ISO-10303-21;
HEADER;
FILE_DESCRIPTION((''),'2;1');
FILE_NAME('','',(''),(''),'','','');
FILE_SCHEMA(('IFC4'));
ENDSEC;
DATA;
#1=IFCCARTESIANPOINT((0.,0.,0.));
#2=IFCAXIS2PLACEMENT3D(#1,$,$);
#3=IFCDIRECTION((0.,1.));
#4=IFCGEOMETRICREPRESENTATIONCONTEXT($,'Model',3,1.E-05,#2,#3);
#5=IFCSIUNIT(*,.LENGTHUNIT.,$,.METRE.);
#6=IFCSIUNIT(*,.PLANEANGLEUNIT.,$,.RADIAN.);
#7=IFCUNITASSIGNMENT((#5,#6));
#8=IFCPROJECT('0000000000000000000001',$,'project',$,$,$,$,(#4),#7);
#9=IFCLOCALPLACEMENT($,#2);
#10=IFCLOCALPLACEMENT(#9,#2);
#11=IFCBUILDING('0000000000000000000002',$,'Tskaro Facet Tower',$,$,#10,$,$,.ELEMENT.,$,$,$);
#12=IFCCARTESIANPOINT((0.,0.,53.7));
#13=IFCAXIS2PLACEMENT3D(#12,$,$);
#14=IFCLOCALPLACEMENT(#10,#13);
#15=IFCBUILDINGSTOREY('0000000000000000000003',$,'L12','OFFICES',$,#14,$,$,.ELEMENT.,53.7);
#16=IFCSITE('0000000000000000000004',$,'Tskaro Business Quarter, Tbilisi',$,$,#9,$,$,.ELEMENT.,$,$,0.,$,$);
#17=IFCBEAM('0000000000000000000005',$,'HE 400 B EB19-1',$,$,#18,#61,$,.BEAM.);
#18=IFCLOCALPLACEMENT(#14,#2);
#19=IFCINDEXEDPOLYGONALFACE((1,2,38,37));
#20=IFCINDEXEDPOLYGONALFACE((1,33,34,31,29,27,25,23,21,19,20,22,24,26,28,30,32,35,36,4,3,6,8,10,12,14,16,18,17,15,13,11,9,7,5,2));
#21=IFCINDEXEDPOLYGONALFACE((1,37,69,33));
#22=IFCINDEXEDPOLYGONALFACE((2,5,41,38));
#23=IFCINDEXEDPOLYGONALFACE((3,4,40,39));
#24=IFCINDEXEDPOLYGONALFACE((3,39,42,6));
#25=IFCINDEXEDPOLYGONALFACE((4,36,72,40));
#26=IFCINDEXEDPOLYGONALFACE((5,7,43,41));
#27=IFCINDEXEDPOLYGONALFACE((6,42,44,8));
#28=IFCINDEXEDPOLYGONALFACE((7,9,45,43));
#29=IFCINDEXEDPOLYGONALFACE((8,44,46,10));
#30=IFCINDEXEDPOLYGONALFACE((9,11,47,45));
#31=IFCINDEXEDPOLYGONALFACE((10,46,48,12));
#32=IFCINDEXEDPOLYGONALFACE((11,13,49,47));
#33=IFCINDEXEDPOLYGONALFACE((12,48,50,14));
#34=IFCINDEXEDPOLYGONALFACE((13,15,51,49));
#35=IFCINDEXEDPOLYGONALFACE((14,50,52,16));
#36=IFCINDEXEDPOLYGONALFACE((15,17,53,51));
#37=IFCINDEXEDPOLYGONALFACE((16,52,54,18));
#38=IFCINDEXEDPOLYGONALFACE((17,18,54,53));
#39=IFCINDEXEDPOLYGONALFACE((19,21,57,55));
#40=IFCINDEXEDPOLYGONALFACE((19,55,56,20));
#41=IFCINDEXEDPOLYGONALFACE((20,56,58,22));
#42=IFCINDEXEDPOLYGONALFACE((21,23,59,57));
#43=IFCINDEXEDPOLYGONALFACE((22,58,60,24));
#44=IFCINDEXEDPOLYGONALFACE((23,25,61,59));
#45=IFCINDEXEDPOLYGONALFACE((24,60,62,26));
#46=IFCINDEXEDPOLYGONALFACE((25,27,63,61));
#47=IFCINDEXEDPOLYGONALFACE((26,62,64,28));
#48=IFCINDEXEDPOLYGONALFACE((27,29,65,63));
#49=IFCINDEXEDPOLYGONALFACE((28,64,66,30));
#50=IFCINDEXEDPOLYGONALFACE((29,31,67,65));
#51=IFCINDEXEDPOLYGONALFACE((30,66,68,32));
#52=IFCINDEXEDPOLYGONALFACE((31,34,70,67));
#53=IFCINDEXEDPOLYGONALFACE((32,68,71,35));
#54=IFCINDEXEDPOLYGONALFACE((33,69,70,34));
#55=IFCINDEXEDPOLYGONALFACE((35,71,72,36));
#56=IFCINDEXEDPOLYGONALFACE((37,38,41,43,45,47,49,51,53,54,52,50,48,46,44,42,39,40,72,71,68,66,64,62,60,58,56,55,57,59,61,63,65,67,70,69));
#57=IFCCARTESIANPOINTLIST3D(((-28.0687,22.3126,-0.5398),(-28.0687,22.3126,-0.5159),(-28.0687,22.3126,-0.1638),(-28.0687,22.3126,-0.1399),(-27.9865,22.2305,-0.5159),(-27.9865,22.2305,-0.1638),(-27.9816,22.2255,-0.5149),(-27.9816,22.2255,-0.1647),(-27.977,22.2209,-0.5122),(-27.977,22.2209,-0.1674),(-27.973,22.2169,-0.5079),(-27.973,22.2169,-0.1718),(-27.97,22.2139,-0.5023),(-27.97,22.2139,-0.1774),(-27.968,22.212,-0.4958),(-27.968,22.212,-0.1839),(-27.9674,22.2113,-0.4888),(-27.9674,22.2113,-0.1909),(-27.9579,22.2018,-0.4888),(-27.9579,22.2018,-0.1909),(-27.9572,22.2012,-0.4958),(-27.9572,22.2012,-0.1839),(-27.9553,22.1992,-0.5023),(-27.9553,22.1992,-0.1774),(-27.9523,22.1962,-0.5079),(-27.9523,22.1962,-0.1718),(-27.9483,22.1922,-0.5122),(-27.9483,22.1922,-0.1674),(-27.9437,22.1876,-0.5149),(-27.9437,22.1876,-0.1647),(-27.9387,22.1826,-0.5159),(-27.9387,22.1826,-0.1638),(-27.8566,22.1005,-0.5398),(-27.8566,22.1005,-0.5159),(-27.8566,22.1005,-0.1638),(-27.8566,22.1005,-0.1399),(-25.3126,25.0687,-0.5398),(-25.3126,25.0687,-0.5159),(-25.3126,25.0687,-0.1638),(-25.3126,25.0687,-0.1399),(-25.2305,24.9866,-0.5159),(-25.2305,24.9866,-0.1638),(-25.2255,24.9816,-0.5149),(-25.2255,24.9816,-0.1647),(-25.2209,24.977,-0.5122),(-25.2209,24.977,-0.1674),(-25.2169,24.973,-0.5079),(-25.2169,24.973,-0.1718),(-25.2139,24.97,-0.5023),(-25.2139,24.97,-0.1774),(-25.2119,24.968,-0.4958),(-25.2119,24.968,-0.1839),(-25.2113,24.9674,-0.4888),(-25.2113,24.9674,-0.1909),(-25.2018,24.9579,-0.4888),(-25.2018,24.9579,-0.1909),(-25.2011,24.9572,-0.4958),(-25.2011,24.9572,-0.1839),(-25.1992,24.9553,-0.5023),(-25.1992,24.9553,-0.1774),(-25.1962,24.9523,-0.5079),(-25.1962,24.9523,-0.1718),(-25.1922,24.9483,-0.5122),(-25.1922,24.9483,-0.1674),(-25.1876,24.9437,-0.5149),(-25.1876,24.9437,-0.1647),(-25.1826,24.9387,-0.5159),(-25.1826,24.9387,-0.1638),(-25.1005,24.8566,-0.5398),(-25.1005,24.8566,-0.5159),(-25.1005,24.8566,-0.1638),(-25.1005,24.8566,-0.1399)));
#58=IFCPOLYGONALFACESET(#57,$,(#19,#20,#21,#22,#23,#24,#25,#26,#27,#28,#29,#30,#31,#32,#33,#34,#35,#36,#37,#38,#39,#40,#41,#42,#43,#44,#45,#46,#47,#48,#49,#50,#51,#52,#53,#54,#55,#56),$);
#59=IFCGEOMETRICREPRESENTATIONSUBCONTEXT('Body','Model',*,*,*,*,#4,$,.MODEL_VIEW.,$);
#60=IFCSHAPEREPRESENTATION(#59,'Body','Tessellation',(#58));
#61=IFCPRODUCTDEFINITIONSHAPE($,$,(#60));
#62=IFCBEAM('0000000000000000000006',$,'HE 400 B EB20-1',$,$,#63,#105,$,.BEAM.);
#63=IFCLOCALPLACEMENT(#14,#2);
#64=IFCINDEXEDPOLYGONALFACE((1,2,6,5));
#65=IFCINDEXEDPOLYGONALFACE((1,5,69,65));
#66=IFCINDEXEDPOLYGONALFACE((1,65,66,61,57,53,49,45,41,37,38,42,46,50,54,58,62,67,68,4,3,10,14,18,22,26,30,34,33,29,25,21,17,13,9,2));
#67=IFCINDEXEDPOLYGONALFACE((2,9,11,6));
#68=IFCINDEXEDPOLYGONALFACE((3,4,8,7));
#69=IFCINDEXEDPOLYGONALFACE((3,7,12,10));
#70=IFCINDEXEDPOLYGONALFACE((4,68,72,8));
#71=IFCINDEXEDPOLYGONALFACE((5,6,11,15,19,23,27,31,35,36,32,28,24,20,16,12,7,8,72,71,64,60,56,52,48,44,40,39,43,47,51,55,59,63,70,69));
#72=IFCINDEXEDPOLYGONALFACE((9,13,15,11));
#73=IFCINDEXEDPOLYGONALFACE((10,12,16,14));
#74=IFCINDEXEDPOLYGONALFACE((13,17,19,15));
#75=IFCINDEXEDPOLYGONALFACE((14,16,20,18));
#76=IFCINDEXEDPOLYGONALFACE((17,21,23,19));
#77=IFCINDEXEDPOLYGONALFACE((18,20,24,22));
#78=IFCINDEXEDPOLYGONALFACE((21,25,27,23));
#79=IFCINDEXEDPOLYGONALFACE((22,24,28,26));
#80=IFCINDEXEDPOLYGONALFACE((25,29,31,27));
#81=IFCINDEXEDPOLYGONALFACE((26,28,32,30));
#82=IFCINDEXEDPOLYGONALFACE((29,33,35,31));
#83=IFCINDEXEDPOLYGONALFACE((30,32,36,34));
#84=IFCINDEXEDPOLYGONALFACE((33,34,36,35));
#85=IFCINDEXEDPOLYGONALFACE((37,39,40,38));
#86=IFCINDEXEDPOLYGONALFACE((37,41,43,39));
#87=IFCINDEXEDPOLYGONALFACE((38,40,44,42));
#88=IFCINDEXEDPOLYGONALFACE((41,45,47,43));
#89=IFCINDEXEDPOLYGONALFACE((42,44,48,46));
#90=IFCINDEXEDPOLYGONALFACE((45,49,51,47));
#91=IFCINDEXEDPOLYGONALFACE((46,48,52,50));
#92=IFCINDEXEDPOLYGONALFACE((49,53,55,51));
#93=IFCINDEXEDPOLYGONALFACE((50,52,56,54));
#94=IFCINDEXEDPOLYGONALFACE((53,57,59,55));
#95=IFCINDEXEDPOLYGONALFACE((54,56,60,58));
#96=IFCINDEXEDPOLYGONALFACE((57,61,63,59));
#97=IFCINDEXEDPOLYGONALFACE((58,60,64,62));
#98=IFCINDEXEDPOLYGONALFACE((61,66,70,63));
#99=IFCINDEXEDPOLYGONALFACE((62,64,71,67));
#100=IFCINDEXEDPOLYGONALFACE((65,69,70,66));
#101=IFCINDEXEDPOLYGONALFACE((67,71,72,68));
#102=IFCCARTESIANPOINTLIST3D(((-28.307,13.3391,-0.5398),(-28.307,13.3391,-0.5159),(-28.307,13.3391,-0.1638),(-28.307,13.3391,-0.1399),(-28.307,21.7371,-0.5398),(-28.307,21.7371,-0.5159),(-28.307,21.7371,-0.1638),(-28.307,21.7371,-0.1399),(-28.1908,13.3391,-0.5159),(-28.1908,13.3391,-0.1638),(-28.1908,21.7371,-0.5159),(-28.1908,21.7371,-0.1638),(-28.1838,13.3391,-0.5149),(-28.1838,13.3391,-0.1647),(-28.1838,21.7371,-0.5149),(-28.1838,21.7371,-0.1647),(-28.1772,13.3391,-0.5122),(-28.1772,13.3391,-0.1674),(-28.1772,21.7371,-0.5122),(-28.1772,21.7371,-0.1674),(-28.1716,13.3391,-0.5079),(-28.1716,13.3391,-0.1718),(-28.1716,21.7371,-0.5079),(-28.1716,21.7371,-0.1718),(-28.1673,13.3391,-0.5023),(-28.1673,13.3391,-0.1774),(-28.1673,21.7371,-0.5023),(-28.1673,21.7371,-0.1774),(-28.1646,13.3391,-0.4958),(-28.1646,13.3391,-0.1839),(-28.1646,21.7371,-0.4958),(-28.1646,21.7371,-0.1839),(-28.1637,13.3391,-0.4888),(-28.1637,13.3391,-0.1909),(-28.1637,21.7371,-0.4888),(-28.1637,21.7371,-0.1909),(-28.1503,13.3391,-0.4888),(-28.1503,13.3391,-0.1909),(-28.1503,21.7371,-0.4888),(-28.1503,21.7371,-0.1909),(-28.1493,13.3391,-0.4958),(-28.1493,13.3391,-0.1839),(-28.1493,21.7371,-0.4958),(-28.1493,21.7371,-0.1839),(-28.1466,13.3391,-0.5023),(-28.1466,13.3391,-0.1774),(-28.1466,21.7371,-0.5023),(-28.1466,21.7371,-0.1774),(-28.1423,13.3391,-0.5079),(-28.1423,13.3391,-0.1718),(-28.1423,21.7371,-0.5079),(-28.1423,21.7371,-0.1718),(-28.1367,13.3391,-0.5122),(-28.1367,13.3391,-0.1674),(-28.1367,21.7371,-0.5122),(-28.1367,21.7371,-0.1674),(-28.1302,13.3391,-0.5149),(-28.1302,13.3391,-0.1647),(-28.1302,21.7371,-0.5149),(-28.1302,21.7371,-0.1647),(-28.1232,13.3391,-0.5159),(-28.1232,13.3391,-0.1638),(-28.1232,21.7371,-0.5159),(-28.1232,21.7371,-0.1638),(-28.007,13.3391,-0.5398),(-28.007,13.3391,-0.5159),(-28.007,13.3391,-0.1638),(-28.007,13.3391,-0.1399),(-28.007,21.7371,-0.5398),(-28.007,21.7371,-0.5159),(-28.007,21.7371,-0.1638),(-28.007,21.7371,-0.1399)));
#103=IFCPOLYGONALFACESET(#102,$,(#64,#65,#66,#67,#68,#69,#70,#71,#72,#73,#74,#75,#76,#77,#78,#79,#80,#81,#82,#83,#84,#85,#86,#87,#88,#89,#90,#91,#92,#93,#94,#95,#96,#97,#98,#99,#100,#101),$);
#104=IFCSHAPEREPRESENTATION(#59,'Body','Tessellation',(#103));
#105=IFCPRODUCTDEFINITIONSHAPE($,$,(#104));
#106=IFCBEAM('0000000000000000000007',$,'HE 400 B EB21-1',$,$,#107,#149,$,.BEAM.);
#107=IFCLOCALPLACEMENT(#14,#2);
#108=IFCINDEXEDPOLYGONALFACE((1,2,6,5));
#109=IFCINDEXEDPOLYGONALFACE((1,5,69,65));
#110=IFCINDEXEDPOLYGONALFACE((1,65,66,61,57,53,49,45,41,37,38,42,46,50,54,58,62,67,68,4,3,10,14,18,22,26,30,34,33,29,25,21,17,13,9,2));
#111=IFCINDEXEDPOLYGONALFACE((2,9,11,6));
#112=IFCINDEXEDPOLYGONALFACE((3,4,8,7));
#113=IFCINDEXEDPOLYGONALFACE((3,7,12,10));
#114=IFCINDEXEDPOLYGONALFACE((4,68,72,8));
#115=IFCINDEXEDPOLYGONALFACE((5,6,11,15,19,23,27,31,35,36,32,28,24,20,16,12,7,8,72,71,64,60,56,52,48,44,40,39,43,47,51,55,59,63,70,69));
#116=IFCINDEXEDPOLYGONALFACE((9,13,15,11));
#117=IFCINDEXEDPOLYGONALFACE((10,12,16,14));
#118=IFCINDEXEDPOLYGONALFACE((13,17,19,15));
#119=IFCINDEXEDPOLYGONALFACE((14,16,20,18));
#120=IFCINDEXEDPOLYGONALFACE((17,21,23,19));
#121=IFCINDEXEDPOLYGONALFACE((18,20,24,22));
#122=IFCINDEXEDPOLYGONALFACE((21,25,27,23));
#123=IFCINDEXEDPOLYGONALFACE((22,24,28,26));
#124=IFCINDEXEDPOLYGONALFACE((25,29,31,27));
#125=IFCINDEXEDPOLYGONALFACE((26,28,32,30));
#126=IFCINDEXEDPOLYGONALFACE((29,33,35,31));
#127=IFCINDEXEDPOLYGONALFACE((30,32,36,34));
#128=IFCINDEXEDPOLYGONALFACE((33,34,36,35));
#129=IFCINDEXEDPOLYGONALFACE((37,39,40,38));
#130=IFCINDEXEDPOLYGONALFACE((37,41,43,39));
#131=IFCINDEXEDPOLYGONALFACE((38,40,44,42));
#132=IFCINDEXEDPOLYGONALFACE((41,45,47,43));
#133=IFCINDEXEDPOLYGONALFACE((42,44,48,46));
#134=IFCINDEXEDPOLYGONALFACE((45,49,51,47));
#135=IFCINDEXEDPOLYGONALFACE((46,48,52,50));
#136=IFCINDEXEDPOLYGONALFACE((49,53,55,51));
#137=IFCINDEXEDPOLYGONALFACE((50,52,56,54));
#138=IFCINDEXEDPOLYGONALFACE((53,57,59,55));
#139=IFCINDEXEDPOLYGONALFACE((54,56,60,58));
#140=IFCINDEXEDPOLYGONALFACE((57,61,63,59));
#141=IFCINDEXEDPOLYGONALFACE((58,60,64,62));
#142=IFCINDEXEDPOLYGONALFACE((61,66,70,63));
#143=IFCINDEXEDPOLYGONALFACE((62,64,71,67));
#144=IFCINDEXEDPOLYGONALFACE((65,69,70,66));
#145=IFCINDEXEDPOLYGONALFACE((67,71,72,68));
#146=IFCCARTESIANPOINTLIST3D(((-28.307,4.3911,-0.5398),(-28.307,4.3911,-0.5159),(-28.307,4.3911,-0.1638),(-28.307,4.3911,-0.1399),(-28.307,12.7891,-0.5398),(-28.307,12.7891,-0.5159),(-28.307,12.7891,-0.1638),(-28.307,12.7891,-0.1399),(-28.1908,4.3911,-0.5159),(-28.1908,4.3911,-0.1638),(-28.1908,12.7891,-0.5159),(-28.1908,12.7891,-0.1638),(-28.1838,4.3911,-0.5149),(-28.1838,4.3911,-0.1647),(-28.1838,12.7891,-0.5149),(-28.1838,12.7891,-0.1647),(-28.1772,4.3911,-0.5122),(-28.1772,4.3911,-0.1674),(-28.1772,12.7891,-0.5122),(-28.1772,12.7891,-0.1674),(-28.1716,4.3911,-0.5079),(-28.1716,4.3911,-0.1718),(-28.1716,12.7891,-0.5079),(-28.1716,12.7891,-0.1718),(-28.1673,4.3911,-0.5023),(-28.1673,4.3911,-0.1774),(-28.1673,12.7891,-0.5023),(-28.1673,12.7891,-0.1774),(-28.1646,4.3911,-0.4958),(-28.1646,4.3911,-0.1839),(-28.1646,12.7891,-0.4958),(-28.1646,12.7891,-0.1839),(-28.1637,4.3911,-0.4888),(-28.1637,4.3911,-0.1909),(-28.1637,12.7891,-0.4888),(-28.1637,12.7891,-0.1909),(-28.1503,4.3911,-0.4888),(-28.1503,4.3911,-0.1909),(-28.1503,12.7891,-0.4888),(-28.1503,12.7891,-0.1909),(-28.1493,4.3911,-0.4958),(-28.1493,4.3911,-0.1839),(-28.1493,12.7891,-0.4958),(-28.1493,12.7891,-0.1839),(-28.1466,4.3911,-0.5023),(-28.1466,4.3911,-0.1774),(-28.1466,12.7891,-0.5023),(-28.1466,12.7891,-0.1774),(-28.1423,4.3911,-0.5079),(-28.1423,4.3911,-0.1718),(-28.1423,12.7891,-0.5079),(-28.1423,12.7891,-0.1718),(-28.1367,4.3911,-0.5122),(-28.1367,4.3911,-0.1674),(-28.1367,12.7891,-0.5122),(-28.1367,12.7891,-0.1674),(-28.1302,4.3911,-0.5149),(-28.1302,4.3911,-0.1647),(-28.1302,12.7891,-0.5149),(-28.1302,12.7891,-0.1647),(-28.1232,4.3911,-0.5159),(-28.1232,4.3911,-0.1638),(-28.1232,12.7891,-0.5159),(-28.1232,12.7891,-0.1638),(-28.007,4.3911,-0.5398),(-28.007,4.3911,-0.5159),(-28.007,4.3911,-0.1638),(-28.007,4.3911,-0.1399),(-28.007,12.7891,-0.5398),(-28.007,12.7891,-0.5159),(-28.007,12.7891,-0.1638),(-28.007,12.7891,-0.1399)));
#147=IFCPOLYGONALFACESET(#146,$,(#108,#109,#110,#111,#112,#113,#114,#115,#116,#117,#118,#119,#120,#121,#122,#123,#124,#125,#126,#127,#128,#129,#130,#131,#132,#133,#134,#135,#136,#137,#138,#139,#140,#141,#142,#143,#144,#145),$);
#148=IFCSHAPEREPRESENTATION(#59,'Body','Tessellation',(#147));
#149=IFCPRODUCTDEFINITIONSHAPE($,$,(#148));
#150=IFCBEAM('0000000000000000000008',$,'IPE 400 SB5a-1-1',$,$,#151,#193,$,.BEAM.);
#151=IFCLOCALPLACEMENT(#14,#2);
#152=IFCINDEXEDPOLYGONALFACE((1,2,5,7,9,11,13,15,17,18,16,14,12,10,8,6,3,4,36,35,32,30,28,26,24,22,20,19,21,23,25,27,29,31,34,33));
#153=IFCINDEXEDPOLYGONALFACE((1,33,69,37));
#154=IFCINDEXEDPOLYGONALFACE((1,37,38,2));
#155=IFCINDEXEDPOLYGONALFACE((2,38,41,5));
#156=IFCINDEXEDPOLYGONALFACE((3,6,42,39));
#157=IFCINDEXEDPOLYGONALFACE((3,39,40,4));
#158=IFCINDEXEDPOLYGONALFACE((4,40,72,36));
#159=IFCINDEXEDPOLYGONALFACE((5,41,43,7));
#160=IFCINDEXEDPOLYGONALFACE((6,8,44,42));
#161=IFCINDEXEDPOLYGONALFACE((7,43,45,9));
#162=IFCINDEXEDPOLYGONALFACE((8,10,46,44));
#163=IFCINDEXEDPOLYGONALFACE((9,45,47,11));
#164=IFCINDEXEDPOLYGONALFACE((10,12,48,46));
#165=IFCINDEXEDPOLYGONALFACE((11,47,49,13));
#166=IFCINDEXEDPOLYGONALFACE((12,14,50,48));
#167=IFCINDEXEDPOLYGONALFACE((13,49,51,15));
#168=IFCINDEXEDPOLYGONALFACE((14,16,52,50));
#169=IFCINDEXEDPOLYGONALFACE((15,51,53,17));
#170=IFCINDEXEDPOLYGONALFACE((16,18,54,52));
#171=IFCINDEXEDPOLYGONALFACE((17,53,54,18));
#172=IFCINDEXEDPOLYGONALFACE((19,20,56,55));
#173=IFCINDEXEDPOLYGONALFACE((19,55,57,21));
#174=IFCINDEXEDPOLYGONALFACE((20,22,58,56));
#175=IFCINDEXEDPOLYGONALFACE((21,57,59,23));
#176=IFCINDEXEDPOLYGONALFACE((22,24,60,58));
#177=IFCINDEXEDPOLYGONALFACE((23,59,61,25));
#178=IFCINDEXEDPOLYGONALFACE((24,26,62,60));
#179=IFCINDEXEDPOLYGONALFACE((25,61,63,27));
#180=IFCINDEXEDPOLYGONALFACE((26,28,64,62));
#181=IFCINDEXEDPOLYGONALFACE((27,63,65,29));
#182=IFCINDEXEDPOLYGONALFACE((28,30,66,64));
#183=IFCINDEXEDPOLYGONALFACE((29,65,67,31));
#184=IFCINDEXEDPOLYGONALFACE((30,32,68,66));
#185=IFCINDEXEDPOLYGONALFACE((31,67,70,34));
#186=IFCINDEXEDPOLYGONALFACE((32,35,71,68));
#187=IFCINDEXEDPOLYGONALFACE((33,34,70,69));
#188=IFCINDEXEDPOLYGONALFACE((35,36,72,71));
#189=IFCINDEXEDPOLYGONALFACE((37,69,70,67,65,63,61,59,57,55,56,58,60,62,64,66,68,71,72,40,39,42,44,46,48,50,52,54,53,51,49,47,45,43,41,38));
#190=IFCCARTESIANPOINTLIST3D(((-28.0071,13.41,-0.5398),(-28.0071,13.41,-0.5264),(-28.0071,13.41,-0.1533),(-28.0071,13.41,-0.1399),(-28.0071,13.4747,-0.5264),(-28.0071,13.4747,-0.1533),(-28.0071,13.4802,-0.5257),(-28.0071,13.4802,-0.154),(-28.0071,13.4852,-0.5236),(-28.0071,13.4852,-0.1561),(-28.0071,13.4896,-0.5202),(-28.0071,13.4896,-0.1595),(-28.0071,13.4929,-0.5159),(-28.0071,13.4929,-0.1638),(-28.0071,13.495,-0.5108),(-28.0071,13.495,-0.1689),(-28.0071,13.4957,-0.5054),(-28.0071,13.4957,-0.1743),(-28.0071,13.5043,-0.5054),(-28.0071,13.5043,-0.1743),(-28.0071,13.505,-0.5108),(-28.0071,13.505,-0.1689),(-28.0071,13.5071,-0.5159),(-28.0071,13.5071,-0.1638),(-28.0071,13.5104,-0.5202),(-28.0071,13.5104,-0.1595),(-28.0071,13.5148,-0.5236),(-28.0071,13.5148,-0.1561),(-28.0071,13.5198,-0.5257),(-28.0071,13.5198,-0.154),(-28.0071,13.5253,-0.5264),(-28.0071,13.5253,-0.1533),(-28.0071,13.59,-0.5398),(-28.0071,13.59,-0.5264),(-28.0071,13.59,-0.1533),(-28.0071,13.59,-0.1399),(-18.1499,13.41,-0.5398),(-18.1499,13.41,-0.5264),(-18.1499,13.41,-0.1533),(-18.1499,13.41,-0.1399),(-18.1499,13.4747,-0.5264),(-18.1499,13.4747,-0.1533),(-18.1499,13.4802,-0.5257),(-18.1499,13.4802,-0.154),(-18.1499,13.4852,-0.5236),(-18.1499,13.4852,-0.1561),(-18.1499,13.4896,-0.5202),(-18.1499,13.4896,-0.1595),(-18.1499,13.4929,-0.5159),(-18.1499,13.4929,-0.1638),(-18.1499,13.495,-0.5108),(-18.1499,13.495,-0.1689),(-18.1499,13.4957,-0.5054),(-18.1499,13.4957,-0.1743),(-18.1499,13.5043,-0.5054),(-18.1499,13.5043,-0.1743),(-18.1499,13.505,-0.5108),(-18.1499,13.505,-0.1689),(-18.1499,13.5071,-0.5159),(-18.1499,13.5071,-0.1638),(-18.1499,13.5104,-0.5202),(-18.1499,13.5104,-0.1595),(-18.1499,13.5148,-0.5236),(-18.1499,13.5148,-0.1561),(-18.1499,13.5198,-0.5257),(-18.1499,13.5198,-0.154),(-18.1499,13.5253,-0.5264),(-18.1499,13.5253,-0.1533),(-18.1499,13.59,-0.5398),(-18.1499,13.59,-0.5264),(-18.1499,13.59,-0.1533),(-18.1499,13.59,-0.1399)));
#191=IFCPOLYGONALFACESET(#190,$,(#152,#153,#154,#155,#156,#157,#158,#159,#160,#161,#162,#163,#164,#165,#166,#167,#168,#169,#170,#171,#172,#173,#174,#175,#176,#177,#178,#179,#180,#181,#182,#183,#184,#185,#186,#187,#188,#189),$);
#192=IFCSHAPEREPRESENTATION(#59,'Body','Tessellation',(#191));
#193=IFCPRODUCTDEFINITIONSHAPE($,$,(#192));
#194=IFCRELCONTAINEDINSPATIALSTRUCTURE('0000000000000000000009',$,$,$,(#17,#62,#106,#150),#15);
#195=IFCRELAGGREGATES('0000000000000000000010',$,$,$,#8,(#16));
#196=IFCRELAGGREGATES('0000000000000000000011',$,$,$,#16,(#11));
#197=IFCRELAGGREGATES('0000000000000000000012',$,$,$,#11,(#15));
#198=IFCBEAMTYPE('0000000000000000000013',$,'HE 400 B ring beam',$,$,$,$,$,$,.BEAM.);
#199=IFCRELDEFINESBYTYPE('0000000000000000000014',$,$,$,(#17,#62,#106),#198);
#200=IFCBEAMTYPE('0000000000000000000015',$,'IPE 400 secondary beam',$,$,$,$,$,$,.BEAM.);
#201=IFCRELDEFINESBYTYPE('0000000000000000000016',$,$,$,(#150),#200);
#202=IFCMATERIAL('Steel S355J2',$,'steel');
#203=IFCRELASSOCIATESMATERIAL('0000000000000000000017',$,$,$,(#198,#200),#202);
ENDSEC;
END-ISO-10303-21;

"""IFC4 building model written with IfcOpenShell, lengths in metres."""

from ifc_helpers import new_model, si_unit, direction, frame, origin, origin_2d, place, context, subcontext, project, spatial, i_section, extrude, material, material_profile, profile_set, type_object, element, save


model = new_model("IFC4")

# Units and contexts
model_context = context("Model", 3, precision=1e-05, world=origin(), true_north=direction((0.0, 1.0)))
body_context = subcontext(model_context, "Body", "Model", "MODEL_VIEW")
ifc_project = project(units=[si_unit("LENGTHUNIT", "METRE"), si_unit("PLANEANGLEUNIT", "RADIAN")], contexts=[model_context])

# Site, building, storey
site_placement = place(None, origin())
site = spatial("IfcSite", under=ifc_project, at=site_placement, Name="Tskaro Business Quarter, Tbilisi", CompositionType="ELEMENT", RefElevation=0.0)
building_placement = place(site_placement, origin())
building = spatial("IfcBuilding", under=site, at=building_placement, Name="Tskaro Facet Tower", CompositionType="ELEMENT")
storey_placement = place(building_placement, frame((0.0, 0.0, 53.7)))
storey = spatial("IfcBuildingStorey", under=building, at=storey_placement, Name="L12", Description="OFFICES", CompositionType="ELEMENT", Elevation=53.7)

# Beams
ifc_material_1 = material(Name="Steel S355J2", Category="steel")
ifc_material_profile_1 = material_profile(ifc_material_1, i_section(OverallWidth=0.3, OverallDepth=0.3999, WebThickness=0.0134, FlangeThickness=0.0239, FilletRadius=0.0271, at=origin_2d()), Name="HE 400 B")
ifc_profile_set_1 = profile_set([ifc_material_profile_1], Name="Steel S355J2")
beam_type_1 = type_object("IfcBeamType", Name="HE 400 B ring beam", PredefinedType="BEAM", material=ifc_profile_set_1)
beam_1_placement = place(storey_placement, frame((-25.2065, 24.9626, -0.3398), z_axis=(-0.707107, -0.707107, 0.0), x_axis=(0.707107, -0.707107, 0.0)))
element("IfcBeam", 1, at=beam_1_placement, inside=storey, type_object=beam_type_1, Name="HE 400 B EB19-1", PredefinedType="BEAM", context=body_context, shape_type="SweptSolid", body=[
    extrude(i_section(OverallWidth=0.3, OverallDepth=0.3999, WebThickness=0.0134, FlangeThickness=0.0239, FilletRadius=0.0271, at=origin_2d()), origin(), (0.0, 0.0, 1.0), 3.8977),
])
for number, where, z_axis, x_axis, name in (
    (2, (-28.157, 21.7371, -0.3398), (0.0, -1.0, 0.0), (1.0, 0.0, 0.0), "HE 400 B EB20-1"),
    (3, (-28.157, 12.7891, -0.3398), (0.0, -1.0, 0.0), (1.0, 0.0, 0.0), "HE 400 B EB21-1"),
):
    element("IfcBeam", number, at=place(storey_placement, frame(where, z_axis=z_axis, x_axis=x_axis)), inside=storey, type_object=beam_type_1, Name=name, PredefinedType="BEAM", context=body_context, shape_type="SweptSolid", body=[
        extrude(i_section(OverallWidth=0.3, OverallDepth=0.3999, WebThickness=0.0134, FlangeThickness=0.0239, FilletRadius=0.0271, at=origin_2d()), origin(), (0.0, 0.0, 1.0), 8.3979),
    ])
ifc_material_profile_2 = material_profile(ifc_material_1, i_section(OverallWidth=0.1799, OverallDepth=0.3999, WebThickness=0.0085, FlangeThickness=0.0134, FilletRadius=0.021, at=origin_2d()), Name="IPE 400")
ifc_profile_set_2 = profile_set([ifc_material_profile_2], Name="Steel S355J2")
beam_type_2 = type_object("IfcBeamType", Name="IPE 400 secondary beam", PredefinedType="BEAM", material=ifc_profile_set_2)
beam_2_placement = place(storey_placement, frame((-28.0071, 13.5, -0.3398), z_axis=(1.0, 0.0, 0.0), x_axis=(0.0, 1.0, 0.0)))
element("IfcBeam", 4, at=beam_2_placement, inside=storey, type_object=beam_type_2, Name="IPE 400 SB5a-1-1", PredefinedType="BEAM", context=body_context, shape_type="SweptSolid", body=[
    extrude(i_section(OverallWidth=0.1799, OverallDepth=0.3999, WebThickness=0.0085, FlangeThickness=0.0134, FilletRadius=0.021, at=origin_2d()), origin(), (0.0, 0.0, 1.0), 9.8572),
])

save(model, "model.ifc")
